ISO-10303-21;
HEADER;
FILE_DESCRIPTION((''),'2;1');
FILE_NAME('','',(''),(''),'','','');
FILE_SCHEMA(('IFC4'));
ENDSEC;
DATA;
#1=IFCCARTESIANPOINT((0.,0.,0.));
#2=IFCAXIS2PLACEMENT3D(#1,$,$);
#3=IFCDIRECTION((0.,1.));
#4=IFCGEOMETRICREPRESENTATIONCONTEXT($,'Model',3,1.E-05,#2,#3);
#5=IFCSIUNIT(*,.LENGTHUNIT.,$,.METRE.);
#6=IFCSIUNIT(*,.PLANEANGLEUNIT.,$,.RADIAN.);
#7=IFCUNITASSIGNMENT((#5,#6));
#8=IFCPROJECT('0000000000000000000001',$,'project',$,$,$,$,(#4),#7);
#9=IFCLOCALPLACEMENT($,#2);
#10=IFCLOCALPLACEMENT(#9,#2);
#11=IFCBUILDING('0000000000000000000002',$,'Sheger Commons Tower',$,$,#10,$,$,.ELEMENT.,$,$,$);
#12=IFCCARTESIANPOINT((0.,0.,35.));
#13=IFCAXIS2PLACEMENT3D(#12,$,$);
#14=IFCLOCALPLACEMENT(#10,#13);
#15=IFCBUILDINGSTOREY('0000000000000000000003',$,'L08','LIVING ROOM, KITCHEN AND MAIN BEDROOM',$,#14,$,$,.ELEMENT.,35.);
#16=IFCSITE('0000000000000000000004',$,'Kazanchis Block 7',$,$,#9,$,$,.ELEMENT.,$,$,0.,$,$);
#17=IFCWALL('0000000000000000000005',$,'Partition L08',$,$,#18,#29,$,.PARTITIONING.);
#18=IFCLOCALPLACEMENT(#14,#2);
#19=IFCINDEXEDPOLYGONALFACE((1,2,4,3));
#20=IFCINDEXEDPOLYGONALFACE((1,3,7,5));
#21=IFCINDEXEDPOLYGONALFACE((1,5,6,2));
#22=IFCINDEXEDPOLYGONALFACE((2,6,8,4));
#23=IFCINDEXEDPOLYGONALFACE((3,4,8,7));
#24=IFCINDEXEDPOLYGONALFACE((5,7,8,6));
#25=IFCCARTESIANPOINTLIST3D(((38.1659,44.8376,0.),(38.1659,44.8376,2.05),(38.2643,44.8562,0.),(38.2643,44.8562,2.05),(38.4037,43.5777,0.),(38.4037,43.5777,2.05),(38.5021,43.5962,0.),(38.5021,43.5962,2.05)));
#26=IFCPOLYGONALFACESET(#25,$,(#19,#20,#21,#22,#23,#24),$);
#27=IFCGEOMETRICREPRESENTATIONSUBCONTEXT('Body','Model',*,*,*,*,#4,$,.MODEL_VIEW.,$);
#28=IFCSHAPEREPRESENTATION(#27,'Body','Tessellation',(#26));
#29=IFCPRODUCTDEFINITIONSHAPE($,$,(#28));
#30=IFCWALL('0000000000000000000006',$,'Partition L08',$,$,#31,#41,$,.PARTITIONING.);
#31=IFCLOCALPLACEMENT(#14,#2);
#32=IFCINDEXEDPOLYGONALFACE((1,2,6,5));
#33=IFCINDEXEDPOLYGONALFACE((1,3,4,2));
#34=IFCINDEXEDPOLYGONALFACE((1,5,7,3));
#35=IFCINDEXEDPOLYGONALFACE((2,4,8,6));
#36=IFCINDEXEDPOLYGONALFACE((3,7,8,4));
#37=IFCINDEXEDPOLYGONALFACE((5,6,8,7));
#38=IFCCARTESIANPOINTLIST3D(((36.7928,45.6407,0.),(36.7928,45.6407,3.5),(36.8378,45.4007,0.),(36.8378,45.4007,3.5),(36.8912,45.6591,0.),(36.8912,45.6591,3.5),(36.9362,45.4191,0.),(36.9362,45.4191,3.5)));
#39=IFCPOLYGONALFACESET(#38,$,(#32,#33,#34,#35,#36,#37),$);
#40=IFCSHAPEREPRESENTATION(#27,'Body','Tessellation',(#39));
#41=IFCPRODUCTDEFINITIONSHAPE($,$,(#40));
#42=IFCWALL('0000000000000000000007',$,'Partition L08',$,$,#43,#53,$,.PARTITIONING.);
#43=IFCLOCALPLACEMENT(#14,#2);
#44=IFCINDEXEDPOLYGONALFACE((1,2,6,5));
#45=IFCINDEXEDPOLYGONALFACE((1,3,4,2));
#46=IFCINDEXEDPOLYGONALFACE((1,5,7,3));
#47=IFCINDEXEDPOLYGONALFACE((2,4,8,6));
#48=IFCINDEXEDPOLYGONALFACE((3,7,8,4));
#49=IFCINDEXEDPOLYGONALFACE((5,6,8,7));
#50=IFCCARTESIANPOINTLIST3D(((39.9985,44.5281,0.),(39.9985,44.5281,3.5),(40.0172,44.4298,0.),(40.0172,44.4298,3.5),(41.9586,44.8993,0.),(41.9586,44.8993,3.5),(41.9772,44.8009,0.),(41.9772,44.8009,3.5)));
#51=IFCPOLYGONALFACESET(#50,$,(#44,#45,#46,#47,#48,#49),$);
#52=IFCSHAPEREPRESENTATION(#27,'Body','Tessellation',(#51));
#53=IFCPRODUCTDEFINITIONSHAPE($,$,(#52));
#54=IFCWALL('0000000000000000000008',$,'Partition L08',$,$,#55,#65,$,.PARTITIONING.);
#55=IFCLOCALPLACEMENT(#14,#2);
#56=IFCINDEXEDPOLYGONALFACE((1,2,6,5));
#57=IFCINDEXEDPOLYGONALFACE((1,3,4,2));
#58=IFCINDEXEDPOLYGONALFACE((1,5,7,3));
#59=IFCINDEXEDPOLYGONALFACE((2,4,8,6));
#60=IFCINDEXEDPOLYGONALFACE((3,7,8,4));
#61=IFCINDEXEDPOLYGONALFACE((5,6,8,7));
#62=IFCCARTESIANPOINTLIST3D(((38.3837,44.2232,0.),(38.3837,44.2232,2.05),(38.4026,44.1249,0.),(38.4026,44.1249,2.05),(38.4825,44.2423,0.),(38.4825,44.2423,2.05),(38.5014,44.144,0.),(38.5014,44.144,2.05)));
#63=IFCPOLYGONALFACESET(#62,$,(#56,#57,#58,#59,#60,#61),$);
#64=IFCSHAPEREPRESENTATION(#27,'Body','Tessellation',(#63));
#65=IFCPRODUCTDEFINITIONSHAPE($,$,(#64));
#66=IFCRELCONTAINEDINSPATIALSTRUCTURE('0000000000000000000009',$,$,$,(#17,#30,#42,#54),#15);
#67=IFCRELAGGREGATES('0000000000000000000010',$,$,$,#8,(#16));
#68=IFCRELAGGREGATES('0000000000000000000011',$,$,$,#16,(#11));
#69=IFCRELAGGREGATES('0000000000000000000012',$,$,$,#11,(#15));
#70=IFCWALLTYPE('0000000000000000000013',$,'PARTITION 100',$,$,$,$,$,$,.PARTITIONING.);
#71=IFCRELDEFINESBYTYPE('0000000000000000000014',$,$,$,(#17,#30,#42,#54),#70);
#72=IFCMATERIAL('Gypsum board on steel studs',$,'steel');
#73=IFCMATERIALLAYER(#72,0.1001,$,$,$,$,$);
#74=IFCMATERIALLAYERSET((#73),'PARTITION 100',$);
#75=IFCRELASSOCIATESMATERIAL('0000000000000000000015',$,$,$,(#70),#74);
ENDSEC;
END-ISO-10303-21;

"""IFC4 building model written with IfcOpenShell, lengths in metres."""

from ifc_helpers import new_model, si_unit, direction, frame, frame_2d, origin, place, context, subcontext, project, spatial, rectangle, extrude, material, layer, layer_set, type_object, element, save


model = new_model("IFC4")

# Units and contexts
model_context = context("Model", 3, precision=1e-05, world=origin(), true_north=direction((0.0, 1.0)))
body_context = subcontext(model_context, "Body", "Model", "MODEL_VIEW")
ifc_project = project(units=[si_unit("LENGTHUNIT", "METRE"), si_unit("PLANEANGLEUNIT", "RADIAN")], contexts=[model_context])

# Site, building, storey
site_placement = place(None, origin())
site = spatial("IfcSite", under=ifc_project, at=site_placement, Name="Kazanchis Block 7", CompositionType="ELEMENT", RefElevation=0.0)
building_placement = place(site_placement, origin())
building = spatial("IfcBuilding", under=site, at=building_placement, Name="Sheger Commons Tower", CompositionType="ELEMENT")
storey_placement = place(building_placement, frame((0.0, 0.0, 35.0)))
storey = spatial("IfcBuildingStorey", under=building, at=storey_placement, Name="L08", Description="LIVING ROOM, KITCHEN AND MAIN BEDROOM", CompositionType="ELEMENT", Elevation=35.0)

# Walls
ifc_material_1 = material(Name="Gypsum board on steel studs", Category="steel")
ifc_layer_1 = layer(ifc_material_1, 0.1001)
ifc_layer_set_1 = layer_set([ifc_layer_1], Name="PARTITION 100")
wall_type_1 = type_object("IfcWallType", Name="PARTITION 100", PredefinedType="PARTITIONING", material=ifc_layer_set_1)
wall_1_placement = place(storey_placement, frame((38.2151, 44.8469, 0.0), z_axis=(0.0, 0.0, 1.0), x_axis=(0.185449, -0.982654, 0.0)))
element("IfcWall", 1, at=wall_1_placement, inside=storey, type_object=wall_type_1, Name="Partition L08", PredefinedType="PARTITIONING", context=body_context, shape_type="SweptSolid", body=[
    extrude(rectangle(XDim=1.2822, YDim=0.1001, at=frame_2d((0.6411, 0.0))), origin(), (0.0, 0.0, 1.0), 2.05),
])
wall_2_placement = place(storey_placement, frame((36.842, 45.6499, 0.0), z_axis=(0.0, 0.0, 1.0), x_axis=(0.183987, -0.982929, 0.0)))
element("IfcWall", 2, at=wall_2_placement, inside=storey, type_object=wall_type_1, Name="Partition L08", PredefinedType="PARTITIONING", context=body_context, shape_type="SweptSolid", body=[
    extrude(rectangle(XDim=0.2441, YDim=0.1001, at=frame_2d((0.1221, 0.0))), origin(), (0.0, 0.0, 1.0), 3.5),
])
wall_3_placement = place(storey_placement, frame((41.968, 44.8501, 0.0), z_axis=(0.0, 0.0, 1.0), x_axis=(-0.982544, -0.186032, 0.0)))
element("IfcWall", 3, at=wall_3_placement, inside=storey, type_object=wall_type_1, Name="Partition L08", PredefinedType="PARTITIONING", context=body_context, shape_type="SweptSolid", body=[
    extrude(rectangle(XDim=1.9949, YDim=0.1001, at=frame_2d((0.9976, 0.0))), origin(), (0.0, 0.0, 1.0), 3.5),
])
wall_4_placement = place(storey_placement, frame((38.4919, 44.1931, 0.0), z_axis=(0.0, 0.0, 1.0), x_axis=(-0.981955, -0.189117, 0.0)))
element("IfcWall", 4, at=wall_4_placement, inside=storey, type_object=wall_type_1, Name="Partition L08", PredefinedType="PARTITIONING", context=body_context, shape_type="SweptSolid", body=[
    extrude(rectangle(XDim=0.1006, YDim=0.1001, at=frame_2d((0.0503, 0.0))), origin(), (0.0, 0.0, 1.0), 2.05),
])

save(model, "model.ifc")
